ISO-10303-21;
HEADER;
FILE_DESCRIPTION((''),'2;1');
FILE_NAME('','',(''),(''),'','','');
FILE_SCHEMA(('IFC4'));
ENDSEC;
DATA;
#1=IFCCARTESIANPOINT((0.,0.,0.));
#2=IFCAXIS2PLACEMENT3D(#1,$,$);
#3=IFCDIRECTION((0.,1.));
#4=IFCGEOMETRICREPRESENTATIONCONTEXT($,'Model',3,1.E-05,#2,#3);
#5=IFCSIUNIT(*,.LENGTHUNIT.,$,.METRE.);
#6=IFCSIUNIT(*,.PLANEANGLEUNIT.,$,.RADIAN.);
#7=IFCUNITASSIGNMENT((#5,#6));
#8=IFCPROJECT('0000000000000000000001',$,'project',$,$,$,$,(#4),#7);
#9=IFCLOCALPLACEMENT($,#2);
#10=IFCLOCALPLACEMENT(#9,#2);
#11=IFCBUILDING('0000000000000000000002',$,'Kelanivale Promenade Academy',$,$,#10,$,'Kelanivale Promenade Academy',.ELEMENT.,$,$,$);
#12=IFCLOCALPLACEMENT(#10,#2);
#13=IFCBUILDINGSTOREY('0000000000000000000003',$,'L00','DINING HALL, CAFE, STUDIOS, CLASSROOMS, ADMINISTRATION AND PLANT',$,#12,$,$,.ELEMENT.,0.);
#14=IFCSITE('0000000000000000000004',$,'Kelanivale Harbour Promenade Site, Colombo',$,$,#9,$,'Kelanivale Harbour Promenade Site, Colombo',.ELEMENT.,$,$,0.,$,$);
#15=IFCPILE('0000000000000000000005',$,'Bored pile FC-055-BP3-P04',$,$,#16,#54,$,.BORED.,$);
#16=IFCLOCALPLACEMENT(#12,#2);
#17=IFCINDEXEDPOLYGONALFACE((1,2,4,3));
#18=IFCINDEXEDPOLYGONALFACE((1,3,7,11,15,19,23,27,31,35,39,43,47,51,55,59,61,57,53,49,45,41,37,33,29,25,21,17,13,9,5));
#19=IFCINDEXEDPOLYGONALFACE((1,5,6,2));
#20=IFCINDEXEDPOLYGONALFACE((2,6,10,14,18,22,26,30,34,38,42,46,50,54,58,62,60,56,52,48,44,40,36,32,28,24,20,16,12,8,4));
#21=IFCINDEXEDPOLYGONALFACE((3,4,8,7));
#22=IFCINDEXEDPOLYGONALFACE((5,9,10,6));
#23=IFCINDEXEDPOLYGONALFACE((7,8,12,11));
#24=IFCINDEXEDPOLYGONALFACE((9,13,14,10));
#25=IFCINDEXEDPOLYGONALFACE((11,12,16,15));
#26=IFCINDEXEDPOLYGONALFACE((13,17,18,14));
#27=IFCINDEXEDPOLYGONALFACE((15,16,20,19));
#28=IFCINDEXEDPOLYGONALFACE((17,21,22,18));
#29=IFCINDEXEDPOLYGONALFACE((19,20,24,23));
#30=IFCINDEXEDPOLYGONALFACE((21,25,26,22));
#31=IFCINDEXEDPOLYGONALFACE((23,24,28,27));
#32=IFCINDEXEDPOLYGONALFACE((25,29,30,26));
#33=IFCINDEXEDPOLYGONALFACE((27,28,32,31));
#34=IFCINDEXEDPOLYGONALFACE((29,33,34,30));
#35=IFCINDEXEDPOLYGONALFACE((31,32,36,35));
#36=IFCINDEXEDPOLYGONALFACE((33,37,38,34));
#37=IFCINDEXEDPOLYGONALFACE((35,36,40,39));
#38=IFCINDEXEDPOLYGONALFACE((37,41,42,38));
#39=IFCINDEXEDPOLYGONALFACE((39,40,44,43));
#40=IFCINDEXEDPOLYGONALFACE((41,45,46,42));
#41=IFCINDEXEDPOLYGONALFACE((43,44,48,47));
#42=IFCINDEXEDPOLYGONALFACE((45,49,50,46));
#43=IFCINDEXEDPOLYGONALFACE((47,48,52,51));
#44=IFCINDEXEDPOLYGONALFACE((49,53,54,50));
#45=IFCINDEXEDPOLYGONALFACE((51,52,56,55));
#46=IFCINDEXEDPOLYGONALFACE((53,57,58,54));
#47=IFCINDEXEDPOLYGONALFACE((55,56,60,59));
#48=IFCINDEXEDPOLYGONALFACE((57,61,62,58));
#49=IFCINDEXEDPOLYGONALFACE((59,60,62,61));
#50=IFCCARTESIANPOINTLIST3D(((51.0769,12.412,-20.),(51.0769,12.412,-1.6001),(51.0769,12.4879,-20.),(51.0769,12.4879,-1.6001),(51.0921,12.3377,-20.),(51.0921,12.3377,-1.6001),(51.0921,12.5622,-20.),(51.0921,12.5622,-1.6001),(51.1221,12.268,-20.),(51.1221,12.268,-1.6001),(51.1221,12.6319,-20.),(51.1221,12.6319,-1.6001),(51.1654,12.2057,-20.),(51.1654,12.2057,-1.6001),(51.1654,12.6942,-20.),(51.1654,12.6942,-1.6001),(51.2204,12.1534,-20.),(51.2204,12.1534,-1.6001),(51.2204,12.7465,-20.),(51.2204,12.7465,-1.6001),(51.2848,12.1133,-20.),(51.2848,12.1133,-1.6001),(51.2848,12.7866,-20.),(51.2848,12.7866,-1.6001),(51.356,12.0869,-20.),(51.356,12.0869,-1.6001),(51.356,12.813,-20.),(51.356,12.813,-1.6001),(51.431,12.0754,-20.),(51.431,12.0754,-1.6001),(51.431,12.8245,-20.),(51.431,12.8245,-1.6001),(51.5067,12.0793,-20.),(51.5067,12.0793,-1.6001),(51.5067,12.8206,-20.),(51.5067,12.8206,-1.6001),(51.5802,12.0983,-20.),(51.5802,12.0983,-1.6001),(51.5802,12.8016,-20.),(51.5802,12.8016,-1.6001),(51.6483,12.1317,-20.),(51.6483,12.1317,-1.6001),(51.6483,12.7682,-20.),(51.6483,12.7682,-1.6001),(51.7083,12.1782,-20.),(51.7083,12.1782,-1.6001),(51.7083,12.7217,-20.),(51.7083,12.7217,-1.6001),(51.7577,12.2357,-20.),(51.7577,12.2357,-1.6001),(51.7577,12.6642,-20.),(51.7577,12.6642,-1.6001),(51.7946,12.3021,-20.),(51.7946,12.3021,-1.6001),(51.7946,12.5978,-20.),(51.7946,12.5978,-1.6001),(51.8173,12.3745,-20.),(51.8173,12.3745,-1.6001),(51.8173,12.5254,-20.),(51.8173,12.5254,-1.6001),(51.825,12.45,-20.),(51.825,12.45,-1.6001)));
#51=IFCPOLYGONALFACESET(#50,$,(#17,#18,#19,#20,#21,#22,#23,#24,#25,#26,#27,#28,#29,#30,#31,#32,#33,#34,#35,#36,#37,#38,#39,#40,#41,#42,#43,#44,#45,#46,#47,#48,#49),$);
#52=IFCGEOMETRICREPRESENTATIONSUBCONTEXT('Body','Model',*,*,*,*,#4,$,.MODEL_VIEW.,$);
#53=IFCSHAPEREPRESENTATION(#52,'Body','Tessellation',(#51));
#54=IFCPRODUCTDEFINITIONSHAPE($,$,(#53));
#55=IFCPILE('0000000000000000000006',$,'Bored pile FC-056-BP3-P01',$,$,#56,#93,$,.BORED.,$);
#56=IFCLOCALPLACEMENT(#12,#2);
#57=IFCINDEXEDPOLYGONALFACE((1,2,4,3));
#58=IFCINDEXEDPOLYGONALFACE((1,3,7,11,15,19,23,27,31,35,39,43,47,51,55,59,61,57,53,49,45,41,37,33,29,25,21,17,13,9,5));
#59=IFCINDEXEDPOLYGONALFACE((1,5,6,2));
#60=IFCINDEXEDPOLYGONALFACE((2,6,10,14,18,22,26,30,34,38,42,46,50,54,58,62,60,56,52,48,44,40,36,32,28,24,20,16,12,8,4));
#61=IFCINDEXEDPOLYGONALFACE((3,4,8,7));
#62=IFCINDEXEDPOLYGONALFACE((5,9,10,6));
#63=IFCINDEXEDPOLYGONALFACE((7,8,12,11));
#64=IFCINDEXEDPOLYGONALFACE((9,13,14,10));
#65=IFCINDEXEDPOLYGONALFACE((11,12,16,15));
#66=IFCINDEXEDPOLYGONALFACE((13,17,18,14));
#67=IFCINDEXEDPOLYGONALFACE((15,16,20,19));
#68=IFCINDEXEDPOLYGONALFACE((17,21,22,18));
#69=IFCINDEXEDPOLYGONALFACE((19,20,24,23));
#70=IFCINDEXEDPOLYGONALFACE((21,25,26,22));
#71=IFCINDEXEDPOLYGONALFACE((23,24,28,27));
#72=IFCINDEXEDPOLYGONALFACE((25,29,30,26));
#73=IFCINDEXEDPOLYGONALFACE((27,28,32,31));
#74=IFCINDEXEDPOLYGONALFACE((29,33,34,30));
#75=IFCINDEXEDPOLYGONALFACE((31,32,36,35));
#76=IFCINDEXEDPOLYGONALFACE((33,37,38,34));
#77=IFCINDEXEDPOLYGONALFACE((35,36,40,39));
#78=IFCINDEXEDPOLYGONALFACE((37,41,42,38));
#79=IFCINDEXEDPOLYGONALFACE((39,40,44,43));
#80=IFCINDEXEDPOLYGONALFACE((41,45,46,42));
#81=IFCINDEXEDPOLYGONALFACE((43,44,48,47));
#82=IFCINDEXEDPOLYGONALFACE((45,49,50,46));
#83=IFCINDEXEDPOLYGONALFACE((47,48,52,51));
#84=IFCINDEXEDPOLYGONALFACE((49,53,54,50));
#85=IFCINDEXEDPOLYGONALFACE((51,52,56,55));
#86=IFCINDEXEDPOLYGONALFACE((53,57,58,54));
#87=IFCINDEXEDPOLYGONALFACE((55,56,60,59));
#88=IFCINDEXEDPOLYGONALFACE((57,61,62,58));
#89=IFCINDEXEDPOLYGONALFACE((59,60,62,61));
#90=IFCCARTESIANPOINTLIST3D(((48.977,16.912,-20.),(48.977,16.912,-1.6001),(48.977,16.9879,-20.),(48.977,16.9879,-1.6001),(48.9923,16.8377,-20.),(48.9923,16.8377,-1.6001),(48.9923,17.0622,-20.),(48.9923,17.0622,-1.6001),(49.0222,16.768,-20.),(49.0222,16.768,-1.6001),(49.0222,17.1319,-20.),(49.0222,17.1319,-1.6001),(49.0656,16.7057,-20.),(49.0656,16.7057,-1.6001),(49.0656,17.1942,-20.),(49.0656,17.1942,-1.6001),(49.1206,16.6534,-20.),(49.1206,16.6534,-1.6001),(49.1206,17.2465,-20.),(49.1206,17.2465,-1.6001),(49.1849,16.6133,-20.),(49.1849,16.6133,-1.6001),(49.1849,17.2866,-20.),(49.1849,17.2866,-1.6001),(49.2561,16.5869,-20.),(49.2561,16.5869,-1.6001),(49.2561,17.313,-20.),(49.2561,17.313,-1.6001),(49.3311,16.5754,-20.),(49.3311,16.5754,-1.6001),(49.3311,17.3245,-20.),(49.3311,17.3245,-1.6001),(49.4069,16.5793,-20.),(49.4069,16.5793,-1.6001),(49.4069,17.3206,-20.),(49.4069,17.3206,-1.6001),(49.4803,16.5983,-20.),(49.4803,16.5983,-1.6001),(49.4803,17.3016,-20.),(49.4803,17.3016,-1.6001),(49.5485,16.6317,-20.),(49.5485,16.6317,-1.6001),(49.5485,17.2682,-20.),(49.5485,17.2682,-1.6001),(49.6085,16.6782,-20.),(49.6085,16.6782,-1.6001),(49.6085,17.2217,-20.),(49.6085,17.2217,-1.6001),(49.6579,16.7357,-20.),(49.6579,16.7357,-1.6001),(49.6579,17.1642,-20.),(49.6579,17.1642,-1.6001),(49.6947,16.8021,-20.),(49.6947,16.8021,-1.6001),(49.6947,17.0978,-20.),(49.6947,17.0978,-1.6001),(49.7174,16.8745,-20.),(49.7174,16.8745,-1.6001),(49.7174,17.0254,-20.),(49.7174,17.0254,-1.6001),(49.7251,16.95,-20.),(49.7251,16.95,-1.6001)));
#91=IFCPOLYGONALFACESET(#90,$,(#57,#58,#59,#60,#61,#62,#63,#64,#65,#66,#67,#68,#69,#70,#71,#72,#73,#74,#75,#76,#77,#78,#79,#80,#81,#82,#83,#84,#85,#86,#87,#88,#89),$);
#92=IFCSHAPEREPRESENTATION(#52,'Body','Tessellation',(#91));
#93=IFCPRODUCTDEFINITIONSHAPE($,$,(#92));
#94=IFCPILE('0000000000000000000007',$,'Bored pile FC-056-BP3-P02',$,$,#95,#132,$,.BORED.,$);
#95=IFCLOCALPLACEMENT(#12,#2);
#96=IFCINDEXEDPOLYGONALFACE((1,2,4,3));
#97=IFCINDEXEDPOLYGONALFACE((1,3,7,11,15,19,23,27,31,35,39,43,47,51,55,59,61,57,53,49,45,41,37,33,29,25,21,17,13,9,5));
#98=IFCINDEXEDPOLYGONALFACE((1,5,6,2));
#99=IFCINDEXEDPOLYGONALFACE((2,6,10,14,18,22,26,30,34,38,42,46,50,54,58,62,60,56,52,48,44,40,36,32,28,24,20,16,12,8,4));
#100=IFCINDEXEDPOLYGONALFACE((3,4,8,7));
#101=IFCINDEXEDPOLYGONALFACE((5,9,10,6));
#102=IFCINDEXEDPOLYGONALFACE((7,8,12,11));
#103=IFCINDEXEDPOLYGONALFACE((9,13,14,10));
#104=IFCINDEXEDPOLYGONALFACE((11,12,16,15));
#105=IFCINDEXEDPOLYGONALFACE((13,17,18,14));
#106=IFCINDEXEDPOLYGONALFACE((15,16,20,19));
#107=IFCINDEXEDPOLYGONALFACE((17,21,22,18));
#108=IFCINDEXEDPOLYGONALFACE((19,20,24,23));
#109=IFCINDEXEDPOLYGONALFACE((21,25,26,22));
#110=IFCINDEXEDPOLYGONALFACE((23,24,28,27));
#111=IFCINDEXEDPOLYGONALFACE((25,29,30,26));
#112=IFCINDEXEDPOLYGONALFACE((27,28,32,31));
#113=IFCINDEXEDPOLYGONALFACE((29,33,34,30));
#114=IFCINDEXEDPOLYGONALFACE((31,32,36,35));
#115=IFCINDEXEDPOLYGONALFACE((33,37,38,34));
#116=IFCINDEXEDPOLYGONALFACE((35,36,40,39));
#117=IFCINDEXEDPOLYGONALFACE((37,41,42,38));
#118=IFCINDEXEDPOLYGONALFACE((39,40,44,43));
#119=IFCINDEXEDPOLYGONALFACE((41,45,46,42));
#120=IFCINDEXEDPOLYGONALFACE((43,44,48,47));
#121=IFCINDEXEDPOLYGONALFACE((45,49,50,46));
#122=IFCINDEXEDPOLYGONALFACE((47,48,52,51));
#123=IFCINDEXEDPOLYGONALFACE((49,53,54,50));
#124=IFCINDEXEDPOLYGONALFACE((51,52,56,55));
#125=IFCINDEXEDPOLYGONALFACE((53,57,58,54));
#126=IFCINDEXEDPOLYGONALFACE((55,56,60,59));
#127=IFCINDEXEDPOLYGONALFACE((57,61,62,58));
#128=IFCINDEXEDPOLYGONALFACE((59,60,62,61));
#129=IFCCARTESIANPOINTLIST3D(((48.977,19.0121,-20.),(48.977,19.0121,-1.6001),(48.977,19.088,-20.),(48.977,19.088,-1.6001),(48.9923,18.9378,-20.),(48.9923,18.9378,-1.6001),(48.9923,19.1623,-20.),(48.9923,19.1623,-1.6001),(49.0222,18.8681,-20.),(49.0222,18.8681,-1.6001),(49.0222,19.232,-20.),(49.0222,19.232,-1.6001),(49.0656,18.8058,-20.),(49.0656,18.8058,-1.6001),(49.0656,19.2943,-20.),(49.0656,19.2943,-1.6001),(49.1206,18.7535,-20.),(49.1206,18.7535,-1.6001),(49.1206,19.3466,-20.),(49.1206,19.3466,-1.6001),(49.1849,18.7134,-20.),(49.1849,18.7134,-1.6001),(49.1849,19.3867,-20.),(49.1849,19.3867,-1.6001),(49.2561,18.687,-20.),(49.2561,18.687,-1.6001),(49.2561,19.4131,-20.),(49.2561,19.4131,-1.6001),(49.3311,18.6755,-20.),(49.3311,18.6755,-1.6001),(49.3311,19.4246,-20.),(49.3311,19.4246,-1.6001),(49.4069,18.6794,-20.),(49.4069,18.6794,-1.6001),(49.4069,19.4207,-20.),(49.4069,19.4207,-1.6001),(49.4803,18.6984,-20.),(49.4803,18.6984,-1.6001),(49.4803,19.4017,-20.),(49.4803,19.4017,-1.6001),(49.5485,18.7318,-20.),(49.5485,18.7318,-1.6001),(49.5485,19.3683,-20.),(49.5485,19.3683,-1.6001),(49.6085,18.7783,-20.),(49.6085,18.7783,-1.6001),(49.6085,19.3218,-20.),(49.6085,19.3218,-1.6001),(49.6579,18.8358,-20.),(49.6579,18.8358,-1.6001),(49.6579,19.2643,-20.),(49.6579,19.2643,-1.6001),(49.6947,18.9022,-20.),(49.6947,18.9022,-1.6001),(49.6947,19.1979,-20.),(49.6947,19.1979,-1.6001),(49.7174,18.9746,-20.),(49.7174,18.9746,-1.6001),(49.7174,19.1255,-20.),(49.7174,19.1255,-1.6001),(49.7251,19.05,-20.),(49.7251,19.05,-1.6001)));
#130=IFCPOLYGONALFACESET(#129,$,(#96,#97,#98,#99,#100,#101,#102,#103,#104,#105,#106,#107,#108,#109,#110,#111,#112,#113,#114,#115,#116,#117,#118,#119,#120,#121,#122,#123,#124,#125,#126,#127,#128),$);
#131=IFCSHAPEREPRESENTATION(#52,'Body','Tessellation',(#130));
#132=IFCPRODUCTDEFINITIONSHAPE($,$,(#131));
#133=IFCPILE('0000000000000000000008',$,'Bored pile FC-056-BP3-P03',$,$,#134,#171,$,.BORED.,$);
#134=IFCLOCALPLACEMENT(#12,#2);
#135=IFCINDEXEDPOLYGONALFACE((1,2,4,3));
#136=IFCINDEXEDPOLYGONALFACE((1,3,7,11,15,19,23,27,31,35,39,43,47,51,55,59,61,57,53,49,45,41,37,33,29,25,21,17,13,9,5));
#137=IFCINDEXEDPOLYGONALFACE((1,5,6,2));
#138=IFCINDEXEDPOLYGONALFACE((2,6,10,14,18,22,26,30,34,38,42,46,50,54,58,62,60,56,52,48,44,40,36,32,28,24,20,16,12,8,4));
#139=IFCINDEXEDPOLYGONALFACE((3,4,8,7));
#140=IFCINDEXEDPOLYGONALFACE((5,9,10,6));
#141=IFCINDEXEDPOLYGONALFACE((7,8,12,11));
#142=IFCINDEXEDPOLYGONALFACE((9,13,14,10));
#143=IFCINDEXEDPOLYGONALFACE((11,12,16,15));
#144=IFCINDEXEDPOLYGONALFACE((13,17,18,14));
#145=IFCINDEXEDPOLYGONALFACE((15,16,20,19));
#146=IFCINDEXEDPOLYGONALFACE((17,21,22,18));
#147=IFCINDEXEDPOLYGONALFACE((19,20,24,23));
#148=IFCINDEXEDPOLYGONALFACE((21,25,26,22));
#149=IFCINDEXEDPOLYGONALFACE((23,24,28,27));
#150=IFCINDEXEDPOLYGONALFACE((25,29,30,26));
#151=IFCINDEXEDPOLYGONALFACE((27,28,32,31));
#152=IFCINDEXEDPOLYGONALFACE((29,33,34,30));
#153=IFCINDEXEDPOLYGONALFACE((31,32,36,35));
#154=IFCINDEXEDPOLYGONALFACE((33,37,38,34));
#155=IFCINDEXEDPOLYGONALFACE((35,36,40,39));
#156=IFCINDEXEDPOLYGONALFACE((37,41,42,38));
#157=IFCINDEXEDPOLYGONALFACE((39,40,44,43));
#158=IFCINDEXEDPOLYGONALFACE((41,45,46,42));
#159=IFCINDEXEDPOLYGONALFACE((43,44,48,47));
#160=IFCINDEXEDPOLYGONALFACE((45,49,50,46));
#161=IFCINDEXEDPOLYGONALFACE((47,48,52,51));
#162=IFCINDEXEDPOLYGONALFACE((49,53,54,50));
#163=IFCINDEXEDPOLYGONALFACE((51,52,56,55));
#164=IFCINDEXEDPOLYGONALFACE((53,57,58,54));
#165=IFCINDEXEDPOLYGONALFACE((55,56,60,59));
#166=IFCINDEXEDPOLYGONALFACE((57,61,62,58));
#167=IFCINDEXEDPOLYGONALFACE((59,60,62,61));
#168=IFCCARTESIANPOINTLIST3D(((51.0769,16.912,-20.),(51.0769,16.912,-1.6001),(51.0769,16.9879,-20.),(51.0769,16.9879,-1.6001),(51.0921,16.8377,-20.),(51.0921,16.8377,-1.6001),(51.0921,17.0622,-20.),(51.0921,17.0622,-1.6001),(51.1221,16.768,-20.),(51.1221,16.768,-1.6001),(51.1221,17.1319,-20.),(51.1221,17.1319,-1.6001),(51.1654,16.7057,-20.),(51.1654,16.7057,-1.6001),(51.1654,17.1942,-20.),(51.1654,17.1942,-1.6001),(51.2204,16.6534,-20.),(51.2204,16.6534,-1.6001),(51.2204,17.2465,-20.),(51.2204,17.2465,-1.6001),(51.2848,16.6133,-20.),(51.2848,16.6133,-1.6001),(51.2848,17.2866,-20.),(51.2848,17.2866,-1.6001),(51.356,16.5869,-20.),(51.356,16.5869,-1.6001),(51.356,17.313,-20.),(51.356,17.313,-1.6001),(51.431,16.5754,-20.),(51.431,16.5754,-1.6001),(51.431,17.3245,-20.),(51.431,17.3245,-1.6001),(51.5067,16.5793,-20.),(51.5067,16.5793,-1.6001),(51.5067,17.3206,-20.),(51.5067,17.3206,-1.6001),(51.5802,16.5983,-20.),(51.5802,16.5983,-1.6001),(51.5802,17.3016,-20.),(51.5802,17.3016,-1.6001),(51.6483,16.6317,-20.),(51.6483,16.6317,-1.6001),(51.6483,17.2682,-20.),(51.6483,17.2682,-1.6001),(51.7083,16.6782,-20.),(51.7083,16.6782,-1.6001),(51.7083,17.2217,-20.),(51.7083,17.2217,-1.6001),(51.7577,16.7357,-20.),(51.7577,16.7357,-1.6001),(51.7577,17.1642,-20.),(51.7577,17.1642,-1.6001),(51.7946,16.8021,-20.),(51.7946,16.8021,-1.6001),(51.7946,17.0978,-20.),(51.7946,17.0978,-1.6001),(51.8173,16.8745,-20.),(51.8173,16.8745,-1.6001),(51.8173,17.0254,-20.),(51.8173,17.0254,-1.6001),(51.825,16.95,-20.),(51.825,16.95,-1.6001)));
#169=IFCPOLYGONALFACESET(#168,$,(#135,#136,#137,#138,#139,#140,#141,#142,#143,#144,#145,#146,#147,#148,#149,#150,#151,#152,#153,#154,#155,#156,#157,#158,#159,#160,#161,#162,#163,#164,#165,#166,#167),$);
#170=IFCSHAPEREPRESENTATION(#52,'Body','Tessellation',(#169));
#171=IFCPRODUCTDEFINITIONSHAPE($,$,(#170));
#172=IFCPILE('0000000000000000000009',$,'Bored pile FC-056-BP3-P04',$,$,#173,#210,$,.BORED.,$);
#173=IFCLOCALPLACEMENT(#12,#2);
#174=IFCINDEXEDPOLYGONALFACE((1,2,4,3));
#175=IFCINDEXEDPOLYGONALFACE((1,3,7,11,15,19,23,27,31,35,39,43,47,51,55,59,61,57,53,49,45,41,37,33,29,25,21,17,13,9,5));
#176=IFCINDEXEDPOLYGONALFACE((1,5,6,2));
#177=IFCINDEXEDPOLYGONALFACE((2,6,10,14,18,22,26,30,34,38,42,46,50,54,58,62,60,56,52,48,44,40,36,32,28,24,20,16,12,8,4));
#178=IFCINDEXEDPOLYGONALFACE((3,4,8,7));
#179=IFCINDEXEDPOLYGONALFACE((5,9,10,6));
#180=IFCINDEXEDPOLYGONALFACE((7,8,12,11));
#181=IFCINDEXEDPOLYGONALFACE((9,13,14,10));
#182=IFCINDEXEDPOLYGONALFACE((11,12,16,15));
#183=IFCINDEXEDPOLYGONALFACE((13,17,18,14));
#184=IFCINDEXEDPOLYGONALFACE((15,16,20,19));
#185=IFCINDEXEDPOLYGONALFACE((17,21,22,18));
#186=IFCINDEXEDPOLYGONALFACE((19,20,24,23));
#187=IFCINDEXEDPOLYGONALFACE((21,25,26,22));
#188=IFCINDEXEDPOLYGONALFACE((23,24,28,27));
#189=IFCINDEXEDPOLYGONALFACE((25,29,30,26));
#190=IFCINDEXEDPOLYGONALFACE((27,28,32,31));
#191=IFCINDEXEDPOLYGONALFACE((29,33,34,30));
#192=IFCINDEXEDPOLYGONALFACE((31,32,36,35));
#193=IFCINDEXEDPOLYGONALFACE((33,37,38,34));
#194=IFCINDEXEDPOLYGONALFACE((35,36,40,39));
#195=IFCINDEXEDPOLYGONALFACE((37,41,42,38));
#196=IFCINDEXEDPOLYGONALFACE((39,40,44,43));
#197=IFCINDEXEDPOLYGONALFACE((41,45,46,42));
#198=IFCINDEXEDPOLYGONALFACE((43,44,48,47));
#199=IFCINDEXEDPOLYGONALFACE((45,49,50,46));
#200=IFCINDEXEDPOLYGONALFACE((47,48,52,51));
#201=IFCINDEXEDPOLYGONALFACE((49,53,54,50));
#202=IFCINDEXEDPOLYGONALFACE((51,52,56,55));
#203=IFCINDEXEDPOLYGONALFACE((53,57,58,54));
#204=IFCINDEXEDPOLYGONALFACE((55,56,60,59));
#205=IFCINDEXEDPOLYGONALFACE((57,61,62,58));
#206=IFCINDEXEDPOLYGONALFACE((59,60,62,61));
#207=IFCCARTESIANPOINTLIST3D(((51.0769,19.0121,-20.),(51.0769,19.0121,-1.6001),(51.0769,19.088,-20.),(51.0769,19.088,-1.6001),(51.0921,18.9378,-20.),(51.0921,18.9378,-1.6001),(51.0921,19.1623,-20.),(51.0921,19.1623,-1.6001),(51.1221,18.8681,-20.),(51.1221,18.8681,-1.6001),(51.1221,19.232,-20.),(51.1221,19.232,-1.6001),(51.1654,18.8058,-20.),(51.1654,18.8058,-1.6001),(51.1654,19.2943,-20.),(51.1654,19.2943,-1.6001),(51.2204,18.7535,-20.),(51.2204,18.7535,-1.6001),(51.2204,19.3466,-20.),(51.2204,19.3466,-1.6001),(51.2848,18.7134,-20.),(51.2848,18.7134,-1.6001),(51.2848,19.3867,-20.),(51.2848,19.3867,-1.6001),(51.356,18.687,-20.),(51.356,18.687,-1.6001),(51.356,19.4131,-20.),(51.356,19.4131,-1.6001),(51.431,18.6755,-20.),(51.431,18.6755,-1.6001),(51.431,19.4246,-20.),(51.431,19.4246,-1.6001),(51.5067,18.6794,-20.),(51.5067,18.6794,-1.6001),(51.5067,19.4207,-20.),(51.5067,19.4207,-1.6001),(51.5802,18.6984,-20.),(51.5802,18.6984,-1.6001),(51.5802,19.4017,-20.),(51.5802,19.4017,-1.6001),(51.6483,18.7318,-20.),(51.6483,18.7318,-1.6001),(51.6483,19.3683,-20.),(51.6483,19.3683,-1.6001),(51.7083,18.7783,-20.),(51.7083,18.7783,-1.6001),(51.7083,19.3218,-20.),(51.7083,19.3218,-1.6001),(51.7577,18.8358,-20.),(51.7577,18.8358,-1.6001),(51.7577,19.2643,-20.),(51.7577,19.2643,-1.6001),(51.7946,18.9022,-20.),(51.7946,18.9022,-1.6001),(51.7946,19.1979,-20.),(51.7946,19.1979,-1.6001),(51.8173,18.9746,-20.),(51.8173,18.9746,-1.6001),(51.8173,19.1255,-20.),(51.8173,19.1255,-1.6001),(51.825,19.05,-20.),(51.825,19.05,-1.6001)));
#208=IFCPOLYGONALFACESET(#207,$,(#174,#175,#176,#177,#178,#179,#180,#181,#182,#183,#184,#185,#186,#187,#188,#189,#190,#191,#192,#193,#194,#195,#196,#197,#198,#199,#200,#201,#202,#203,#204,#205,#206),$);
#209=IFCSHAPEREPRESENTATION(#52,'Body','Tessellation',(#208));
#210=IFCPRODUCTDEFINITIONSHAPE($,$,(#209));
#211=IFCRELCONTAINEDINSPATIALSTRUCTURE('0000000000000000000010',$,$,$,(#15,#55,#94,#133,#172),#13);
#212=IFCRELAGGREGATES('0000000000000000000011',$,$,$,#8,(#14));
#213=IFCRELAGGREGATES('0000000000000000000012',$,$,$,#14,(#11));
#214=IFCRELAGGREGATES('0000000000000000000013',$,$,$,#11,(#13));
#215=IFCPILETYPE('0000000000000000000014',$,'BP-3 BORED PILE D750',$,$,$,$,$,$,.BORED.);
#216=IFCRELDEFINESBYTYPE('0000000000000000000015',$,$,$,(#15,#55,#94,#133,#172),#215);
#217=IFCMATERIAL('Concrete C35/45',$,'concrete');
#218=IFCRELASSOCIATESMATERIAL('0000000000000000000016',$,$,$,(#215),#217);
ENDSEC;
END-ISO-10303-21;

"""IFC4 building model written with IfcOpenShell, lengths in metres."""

from ifc_helpers import new_model, si_unit, direction, frame, origin, origin_2d, place, context, subcontext, project, spatial, circle, extrude, material, material_profile, profile_set, type_object, element, save


model = new_model("IFC4")

# Units and contexts
model_context = context("Model", 3, precision=1e-05, world=origin(), true_north=direction((0.0, 1.0)))
body_context = subcontext(model_context, "Body", "Model", "MODEL_VIEW")
ifc_project = project(units=[si_unit("LENGTHUNIT", "METRE"), si_unit("PLANEANGLEUNIT", "RADIAN")], contexts=[model_context])

# Site, building, storey
site_placement = place(None, origin())
site = spatial("IfcSite", under=ifc_project, at=site_placement, Name="Kelanivale Harbour Promenade Site, Colombo", LongName="Kelanivale Harbour Promenade Site, Colombo", CompositionType="ELEMENT", RefElevation=0.0)
building_placement = place(site_placement, origin())
building = spatial("IfcBuilding", under=site, at=building_placement, Name="Kelanivale Promenade Academy", LongName="Kelanivale Promenade Academy", CompositionType="ELEMENT")
storey_placement = place(building_placement, origin())
storey = spatial("IfcBuildingStorey", under=building, at=storey_placement, Name="L00", Description="DINING HALL, CAFE, STUDIOS, CLASSROOMS, ADMINISTRATION AND PLANT", CompositionType="ELEMENT", Elevation=0.0)

# Piles
ifc_material_1 = material(Name="Concrete C35/45", Category="concrete")
ifc_material_profile_1 = material_profile(ifc_material_1, circle(Radius=0.375, at=origin_2d()), Name="BORED PILE D750")
ifc_profile_set_1 = profile_set([ifc_material_profile_1], Name="Concrete C35/45")
pile_type = type_object("IfcPileType", Name="BP-3 BORED PILE D750", PredefinedType="BORED", material=ifc_profile_set_1)
for number, where, z_axis, x_axis, name in (
    (1, (51.45, 12.45, -1.6001), (0.0, 0.0, -1.0), (1.0, 0.0, 0.0), "Bored pile FC-055-BP3-P04"),
    (2, (49.3501, 16.95, -1.6001), (0.0, 0.0, -1.0), (1.0, 0.0, 0.0), "Bored pile FC-056-BP3-P01"),
    (3, (49.3501, 19.05, -1.6001), (0.0, 0.0, -1.0), (1.0, 0.0, 0.0), "Bored pile FC-056-BP3-P02"),
    (4, (51.45, 16.95, -1.6001), (0.0, 0.0, -1.0), (1.0, 0.0, 0.0), "Bored pile FC-056-BP3-P03"),
    (5, (51.45, 19.05, -1.6001), (0.0, 0.0, -1.0), (1.0, 0.0, 0.0), "Bored pile FC-056-BP3-P04"),
):
    element("IfcPile", number, at=place(storey_placement, frame(where, z_axis=z_axis, x_axis=x_axis)), inside=storey, type_object=pile_type, Name=name, PredefinedType="BORED", context=body_context, shape_type="SweptSolid", body=[
        extrude(circle(Radius=0.375, at=origin_2d()), origin(), (0.0, 0.0, 1.0), 18.3999),
    ])

save(model, "model.ifc")
